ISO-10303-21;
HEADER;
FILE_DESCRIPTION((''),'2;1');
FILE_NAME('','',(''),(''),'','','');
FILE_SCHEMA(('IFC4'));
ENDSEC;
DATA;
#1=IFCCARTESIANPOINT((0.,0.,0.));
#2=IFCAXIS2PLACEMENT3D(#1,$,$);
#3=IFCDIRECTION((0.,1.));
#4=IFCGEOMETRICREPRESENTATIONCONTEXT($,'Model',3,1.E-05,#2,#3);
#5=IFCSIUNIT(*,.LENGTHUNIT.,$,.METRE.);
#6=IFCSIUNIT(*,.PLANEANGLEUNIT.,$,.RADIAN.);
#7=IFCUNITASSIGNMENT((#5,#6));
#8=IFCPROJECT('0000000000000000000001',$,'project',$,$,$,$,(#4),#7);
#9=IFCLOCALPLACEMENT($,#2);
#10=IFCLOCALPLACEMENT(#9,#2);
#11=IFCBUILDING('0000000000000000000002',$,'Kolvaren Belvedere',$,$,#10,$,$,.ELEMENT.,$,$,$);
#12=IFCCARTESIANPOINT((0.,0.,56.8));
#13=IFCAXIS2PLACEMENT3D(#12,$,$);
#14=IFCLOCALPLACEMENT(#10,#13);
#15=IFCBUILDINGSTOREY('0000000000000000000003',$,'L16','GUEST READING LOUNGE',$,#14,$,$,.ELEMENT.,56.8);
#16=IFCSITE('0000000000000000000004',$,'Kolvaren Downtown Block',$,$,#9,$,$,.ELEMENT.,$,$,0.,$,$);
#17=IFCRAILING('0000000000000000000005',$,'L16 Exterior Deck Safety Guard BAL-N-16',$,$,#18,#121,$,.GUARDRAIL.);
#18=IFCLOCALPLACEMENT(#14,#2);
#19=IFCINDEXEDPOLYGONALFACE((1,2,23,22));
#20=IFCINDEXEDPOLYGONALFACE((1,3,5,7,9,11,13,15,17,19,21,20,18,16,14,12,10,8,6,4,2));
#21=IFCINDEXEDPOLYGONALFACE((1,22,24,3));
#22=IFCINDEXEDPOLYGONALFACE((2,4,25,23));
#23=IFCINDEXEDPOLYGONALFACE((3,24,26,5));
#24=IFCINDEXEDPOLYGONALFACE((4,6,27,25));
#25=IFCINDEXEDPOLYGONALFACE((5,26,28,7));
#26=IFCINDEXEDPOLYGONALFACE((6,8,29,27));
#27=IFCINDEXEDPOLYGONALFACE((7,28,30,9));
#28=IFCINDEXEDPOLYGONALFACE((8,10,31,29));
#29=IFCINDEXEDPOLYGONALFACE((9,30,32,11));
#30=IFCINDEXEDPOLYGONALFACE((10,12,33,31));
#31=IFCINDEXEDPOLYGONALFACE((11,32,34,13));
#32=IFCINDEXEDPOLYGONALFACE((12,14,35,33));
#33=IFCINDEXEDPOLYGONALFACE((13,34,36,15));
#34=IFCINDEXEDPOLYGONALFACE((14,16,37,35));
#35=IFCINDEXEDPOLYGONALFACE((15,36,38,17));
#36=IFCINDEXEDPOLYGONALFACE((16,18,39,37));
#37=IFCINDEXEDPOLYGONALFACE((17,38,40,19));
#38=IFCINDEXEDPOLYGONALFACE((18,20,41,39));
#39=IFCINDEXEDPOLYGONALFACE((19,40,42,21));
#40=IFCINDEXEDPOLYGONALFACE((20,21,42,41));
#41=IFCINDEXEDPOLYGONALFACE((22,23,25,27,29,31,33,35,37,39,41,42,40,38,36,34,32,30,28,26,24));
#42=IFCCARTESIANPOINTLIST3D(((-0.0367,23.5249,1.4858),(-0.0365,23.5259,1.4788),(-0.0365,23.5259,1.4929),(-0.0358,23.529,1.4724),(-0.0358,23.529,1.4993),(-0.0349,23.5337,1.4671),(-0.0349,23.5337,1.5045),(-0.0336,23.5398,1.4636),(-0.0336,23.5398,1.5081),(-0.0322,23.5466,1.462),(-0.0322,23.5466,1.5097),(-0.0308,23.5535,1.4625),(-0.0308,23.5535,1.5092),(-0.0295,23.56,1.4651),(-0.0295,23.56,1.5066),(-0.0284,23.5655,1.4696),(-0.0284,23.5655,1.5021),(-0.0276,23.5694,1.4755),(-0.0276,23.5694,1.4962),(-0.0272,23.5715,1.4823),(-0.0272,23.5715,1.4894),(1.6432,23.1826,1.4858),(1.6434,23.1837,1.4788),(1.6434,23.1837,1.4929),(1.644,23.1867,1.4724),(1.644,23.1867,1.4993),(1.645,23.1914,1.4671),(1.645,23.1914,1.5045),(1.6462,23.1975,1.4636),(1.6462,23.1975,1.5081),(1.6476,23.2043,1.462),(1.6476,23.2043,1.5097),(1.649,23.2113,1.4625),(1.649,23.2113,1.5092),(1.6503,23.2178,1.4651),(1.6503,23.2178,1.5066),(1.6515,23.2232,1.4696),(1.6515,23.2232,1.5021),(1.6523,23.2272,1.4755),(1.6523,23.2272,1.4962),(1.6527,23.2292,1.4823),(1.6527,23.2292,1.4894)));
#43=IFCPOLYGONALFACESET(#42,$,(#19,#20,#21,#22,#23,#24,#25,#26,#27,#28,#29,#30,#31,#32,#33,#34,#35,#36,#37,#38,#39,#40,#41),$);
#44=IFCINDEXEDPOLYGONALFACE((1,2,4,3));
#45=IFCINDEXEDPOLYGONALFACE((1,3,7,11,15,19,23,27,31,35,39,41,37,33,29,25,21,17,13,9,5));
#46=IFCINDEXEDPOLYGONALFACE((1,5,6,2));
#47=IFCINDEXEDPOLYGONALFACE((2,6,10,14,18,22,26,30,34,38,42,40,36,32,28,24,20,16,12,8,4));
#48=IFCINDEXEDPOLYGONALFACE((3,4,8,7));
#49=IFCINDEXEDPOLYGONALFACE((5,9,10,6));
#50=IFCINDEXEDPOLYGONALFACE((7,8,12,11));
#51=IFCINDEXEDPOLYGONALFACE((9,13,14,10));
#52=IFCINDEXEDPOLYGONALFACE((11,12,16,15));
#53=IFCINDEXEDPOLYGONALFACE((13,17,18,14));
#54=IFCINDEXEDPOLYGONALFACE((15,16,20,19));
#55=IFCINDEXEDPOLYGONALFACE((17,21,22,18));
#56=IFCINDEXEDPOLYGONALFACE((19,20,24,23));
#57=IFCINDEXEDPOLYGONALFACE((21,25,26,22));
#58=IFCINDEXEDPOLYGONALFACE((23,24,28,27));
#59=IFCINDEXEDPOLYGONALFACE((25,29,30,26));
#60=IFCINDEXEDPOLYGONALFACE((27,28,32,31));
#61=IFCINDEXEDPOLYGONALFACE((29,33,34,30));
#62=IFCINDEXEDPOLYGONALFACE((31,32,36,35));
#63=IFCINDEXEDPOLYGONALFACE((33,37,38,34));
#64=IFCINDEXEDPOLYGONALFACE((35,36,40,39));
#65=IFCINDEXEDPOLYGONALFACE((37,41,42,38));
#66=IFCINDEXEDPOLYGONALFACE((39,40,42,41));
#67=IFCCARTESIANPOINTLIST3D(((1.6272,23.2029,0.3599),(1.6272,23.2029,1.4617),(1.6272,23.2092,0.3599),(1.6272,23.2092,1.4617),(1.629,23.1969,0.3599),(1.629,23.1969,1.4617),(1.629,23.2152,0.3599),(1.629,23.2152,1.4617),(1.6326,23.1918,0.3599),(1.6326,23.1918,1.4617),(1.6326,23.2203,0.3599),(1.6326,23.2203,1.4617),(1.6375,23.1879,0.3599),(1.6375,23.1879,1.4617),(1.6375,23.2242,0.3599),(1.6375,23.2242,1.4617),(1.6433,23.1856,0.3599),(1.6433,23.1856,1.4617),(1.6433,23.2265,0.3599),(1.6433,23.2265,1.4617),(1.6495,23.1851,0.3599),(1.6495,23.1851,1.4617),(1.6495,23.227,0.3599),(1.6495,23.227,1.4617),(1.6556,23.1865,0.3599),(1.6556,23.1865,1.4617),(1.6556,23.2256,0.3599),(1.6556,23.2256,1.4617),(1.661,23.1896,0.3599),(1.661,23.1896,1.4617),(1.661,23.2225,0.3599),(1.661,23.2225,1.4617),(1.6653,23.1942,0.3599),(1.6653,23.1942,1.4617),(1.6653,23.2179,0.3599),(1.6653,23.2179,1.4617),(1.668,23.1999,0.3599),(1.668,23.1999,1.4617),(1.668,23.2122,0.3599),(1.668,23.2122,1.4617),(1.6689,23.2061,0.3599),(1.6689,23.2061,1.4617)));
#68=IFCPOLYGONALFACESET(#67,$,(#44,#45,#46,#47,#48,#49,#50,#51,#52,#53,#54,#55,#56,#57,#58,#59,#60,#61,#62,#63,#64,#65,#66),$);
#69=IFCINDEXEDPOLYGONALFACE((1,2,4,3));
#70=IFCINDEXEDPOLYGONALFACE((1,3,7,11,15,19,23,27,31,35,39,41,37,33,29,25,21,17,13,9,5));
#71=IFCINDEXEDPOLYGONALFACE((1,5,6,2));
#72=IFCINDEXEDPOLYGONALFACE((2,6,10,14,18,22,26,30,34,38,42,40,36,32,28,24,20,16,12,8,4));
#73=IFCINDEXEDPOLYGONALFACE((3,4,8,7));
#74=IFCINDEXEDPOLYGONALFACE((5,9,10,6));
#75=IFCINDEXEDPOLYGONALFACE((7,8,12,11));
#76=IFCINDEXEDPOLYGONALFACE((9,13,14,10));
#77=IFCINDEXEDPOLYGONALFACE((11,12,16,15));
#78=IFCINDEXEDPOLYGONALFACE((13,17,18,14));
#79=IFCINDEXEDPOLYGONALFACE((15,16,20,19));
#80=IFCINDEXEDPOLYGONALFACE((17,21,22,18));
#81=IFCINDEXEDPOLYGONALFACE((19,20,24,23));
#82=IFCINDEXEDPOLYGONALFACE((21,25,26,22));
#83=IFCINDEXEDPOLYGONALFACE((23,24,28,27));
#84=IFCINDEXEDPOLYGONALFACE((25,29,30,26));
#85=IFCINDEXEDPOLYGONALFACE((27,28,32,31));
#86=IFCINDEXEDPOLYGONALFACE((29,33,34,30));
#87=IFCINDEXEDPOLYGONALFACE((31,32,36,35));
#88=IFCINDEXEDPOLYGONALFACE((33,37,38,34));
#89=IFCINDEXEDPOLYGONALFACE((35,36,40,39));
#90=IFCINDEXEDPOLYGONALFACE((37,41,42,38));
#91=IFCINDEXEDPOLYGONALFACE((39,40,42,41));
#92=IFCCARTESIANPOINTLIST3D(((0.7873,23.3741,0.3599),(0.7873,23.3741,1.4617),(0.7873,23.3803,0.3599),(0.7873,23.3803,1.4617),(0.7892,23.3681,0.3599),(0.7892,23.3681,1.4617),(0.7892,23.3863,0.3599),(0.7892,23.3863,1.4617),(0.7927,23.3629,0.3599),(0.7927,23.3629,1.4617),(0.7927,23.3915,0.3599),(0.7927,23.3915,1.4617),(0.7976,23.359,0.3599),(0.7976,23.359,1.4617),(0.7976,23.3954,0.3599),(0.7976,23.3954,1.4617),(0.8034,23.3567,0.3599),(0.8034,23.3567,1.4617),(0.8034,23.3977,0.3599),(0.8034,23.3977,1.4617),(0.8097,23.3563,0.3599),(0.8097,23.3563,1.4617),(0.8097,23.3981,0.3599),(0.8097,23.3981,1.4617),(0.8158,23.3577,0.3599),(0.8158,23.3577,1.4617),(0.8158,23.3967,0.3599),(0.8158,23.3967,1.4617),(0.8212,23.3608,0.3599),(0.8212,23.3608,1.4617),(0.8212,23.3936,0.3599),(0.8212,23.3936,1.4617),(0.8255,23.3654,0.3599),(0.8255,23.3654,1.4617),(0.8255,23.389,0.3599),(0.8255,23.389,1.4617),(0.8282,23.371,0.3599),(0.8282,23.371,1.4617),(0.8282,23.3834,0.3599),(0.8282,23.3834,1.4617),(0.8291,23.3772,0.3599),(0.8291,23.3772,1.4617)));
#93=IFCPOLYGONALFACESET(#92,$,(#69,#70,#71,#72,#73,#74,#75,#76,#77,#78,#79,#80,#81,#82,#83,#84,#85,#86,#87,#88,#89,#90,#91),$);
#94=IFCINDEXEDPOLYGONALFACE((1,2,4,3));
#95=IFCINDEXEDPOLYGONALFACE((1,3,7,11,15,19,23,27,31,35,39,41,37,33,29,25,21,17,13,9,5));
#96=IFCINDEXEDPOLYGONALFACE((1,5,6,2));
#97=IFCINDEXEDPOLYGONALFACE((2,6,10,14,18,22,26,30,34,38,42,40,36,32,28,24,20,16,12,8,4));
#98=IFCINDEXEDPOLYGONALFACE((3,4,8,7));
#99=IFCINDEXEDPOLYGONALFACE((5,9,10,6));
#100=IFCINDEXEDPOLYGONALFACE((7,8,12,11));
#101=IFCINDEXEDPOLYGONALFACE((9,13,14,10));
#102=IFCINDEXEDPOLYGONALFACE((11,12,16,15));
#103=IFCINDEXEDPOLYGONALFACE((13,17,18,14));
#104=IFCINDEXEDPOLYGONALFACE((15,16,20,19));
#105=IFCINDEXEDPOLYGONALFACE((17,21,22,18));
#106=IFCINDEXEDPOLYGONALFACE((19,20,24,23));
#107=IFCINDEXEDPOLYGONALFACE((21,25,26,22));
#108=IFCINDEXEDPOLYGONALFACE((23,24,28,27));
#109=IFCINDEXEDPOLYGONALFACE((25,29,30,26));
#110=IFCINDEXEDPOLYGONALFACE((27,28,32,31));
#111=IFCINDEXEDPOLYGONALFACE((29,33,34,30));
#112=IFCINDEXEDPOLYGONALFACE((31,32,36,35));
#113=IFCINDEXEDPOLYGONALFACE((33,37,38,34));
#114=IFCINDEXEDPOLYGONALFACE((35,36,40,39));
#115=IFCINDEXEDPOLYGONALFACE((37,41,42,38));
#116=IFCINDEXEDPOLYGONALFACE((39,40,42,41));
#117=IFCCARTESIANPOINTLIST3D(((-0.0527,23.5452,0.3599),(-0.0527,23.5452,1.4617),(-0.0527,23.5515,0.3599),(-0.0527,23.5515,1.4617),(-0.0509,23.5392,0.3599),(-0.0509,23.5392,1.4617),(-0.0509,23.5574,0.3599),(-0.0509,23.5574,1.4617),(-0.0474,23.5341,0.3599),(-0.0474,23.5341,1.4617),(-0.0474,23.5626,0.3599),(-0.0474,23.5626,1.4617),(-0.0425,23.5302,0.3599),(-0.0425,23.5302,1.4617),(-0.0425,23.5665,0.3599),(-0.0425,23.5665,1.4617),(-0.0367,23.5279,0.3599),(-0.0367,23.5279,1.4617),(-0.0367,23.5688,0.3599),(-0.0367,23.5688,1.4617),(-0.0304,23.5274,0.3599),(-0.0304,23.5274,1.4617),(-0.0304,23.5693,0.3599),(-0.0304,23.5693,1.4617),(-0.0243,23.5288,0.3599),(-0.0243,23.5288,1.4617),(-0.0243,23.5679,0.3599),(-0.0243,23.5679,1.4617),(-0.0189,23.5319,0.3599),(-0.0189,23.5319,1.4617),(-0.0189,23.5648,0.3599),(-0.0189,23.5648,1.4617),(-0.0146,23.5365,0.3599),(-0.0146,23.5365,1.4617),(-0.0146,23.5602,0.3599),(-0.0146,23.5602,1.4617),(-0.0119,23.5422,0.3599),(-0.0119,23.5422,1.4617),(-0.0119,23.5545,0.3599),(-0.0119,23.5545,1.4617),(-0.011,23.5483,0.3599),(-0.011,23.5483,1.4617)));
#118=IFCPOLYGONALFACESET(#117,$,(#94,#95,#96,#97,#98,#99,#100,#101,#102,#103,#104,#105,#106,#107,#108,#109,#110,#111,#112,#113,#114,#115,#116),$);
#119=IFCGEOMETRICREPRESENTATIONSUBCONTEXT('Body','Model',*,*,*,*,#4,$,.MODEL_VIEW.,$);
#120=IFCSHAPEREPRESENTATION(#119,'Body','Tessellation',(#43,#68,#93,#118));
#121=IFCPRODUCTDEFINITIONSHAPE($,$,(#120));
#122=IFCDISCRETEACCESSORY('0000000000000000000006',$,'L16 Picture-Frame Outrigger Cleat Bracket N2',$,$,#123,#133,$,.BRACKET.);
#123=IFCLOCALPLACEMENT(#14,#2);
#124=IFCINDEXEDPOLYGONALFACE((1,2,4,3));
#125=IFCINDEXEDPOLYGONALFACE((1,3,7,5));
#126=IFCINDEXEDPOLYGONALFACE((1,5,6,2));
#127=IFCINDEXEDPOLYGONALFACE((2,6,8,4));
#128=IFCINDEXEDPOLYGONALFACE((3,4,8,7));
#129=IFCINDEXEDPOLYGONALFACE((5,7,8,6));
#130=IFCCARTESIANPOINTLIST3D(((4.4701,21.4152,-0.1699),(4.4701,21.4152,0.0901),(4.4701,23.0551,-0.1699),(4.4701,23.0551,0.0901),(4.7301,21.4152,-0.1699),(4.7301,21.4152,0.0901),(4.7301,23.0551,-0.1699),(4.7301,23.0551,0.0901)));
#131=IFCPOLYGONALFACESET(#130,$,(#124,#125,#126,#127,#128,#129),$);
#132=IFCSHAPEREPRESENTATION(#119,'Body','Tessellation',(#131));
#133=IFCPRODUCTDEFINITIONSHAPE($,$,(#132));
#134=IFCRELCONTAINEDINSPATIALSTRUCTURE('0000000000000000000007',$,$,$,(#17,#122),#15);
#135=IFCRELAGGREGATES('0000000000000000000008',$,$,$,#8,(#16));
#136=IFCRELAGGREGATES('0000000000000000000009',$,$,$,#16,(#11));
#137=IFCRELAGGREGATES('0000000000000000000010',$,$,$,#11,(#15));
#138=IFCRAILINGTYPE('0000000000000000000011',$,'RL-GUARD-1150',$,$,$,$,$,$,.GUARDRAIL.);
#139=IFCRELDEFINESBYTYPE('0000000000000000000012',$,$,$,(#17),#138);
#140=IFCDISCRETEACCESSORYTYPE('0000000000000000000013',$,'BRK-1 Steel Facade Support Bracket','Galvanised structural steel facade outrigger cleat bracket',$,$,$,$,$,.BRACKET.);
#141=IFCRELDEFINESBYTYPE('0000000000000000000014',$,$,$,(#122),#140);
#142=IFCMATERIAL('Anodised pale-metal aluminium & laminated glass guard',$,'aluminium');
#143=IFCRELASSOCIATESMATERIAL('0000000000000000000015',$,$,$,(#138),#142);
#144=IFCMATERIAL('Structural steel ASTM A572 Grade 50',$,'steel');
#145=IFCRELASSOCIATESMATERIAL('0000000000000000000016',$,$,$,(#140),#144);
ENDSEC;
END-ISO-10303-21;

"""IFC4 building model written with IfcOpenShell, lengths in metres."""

from ifc_helpers import new_model, si_unit, direction, frame, origin, origin_2d, place, context, subcontext, project, spatial, rectangle, circle, extrude, material, type_object, element, save


model = new_model("IFC4")

# Units and contexts
model_context = context("Model", 3, precision=1e-05, world=origin(), true_north=direction((0.0, 1.0)))
body_context = subcontext(model_context, "Body", "Model", "MODEL_VIEW")
ifc_project = project(units=[si_unit("LENGTHUNIT", "METRE"), si_unit("PLANEANGLEUNIT", "RADIAN")], contexts=[model_context])

# Site, building, storey
site_placement = place(None, origin())
site = spatial("IfcSite", under=ifc_project, at=site_placement, Name="Kolvaren Downtown Block", CompositionType="ELEMENT", RefElevation=0.0)
building_placement = place(site_placement, origin())
building = spatial("IfcBuilding", under=site, at=building_placement, Name="Kolvaren Belvedere", CompositionType="ELEMENT")
storey_placement = place(building_placement, frame((0.0, 0.0, 56.8)))
storey = spatial("IfcBuildingStorey", under=building, at=storey_placement, Name="L16", Description="GUEST READING LOUNGE", CompositionType="ELEMENT", Elevation=56.8)

# Railing
ifc_material_1 = material(Name="Anodised pale-metal aluminium & laminated glass guard", Category="aluminium")
railing_type = type_object("IfcRailingType", Name="RL-GUARD-1150", PredefinedType="GUARDRAIL", material=ifc_material_1)
railing_1_placement = place(storey_placement, frame((1.6479, 23.2061, 0.3599)))
element("IfcRailing", 1, at=railing_1_placement, inside=storey, type_object=railing_type, Name="L16 Exterior Deck Safety Guard BAL-N-16", PredefinedType="GUARDRAIL", context=body_context, shape_type="SweptSolid", body=[
    extrude(circle(Radius=0.0239, at=origin_2d()), frame((0.0, 0.0, 1.126), z_axis=(-0.979868, 0.199648, 0.0), x_axis=(-0.199648, -0.979868, 0.0)), (0.0, 0.0, 1.0), 1.7144),
    extrude(circle(Radius=0.021, at=origin_2d()), origin(), (0.0, 0.0, 1.0), 1.1018),
    extrude(circle(Radius=0.021, at=origin_2d()), frame((-0.8398, 0.1711, 0.0)), (0.0, 0.0, 1.0), 1.1018),
    extrude(circle(Radius=0.021, at=origin_2d()), frame((-1.6799, 0.3423, 0.0)), (0.0, 0.0, 1.0), 1.1018),
])

# Discrete accessory
ifc_material_2 = material(Name="Structural steel ASTM A572 Grade 50", Category="steel")
discrete_accessory_type = type_object("IfcDiscreteAccessoryType", Name="BRK-1 Steel Facade Support Bracket", Description="Galvanised structural steel facade outrigger cleat bracket", PredefinedType="BRACKET", material=ifc_material_2)
discrete_accessory_placement = place(storey_placement, frame((4.6001, 22.2351, -0.1699), z_axis=(0.0, 0.0, 1.0), x_axis=(0.0, 1.0, 0.0)))
element("IfcDiscreteAccessory", 2, at=discrete_accessory_placement, inside=storey, type_object=discrete_accessory_type, Name="L16 Picture-Frame Outrigger Cleat Bracket N2", PredefinedType="BRACKET", context=body_context, shape_type="SweptSolid", body=[
    extrude(rectangle(XDim=1.6399, YDim=0.26, at=origin_2d()), origin(), (0.0, 0.0, 1.0), 0.26),
])

save(model, "model.ifc")
